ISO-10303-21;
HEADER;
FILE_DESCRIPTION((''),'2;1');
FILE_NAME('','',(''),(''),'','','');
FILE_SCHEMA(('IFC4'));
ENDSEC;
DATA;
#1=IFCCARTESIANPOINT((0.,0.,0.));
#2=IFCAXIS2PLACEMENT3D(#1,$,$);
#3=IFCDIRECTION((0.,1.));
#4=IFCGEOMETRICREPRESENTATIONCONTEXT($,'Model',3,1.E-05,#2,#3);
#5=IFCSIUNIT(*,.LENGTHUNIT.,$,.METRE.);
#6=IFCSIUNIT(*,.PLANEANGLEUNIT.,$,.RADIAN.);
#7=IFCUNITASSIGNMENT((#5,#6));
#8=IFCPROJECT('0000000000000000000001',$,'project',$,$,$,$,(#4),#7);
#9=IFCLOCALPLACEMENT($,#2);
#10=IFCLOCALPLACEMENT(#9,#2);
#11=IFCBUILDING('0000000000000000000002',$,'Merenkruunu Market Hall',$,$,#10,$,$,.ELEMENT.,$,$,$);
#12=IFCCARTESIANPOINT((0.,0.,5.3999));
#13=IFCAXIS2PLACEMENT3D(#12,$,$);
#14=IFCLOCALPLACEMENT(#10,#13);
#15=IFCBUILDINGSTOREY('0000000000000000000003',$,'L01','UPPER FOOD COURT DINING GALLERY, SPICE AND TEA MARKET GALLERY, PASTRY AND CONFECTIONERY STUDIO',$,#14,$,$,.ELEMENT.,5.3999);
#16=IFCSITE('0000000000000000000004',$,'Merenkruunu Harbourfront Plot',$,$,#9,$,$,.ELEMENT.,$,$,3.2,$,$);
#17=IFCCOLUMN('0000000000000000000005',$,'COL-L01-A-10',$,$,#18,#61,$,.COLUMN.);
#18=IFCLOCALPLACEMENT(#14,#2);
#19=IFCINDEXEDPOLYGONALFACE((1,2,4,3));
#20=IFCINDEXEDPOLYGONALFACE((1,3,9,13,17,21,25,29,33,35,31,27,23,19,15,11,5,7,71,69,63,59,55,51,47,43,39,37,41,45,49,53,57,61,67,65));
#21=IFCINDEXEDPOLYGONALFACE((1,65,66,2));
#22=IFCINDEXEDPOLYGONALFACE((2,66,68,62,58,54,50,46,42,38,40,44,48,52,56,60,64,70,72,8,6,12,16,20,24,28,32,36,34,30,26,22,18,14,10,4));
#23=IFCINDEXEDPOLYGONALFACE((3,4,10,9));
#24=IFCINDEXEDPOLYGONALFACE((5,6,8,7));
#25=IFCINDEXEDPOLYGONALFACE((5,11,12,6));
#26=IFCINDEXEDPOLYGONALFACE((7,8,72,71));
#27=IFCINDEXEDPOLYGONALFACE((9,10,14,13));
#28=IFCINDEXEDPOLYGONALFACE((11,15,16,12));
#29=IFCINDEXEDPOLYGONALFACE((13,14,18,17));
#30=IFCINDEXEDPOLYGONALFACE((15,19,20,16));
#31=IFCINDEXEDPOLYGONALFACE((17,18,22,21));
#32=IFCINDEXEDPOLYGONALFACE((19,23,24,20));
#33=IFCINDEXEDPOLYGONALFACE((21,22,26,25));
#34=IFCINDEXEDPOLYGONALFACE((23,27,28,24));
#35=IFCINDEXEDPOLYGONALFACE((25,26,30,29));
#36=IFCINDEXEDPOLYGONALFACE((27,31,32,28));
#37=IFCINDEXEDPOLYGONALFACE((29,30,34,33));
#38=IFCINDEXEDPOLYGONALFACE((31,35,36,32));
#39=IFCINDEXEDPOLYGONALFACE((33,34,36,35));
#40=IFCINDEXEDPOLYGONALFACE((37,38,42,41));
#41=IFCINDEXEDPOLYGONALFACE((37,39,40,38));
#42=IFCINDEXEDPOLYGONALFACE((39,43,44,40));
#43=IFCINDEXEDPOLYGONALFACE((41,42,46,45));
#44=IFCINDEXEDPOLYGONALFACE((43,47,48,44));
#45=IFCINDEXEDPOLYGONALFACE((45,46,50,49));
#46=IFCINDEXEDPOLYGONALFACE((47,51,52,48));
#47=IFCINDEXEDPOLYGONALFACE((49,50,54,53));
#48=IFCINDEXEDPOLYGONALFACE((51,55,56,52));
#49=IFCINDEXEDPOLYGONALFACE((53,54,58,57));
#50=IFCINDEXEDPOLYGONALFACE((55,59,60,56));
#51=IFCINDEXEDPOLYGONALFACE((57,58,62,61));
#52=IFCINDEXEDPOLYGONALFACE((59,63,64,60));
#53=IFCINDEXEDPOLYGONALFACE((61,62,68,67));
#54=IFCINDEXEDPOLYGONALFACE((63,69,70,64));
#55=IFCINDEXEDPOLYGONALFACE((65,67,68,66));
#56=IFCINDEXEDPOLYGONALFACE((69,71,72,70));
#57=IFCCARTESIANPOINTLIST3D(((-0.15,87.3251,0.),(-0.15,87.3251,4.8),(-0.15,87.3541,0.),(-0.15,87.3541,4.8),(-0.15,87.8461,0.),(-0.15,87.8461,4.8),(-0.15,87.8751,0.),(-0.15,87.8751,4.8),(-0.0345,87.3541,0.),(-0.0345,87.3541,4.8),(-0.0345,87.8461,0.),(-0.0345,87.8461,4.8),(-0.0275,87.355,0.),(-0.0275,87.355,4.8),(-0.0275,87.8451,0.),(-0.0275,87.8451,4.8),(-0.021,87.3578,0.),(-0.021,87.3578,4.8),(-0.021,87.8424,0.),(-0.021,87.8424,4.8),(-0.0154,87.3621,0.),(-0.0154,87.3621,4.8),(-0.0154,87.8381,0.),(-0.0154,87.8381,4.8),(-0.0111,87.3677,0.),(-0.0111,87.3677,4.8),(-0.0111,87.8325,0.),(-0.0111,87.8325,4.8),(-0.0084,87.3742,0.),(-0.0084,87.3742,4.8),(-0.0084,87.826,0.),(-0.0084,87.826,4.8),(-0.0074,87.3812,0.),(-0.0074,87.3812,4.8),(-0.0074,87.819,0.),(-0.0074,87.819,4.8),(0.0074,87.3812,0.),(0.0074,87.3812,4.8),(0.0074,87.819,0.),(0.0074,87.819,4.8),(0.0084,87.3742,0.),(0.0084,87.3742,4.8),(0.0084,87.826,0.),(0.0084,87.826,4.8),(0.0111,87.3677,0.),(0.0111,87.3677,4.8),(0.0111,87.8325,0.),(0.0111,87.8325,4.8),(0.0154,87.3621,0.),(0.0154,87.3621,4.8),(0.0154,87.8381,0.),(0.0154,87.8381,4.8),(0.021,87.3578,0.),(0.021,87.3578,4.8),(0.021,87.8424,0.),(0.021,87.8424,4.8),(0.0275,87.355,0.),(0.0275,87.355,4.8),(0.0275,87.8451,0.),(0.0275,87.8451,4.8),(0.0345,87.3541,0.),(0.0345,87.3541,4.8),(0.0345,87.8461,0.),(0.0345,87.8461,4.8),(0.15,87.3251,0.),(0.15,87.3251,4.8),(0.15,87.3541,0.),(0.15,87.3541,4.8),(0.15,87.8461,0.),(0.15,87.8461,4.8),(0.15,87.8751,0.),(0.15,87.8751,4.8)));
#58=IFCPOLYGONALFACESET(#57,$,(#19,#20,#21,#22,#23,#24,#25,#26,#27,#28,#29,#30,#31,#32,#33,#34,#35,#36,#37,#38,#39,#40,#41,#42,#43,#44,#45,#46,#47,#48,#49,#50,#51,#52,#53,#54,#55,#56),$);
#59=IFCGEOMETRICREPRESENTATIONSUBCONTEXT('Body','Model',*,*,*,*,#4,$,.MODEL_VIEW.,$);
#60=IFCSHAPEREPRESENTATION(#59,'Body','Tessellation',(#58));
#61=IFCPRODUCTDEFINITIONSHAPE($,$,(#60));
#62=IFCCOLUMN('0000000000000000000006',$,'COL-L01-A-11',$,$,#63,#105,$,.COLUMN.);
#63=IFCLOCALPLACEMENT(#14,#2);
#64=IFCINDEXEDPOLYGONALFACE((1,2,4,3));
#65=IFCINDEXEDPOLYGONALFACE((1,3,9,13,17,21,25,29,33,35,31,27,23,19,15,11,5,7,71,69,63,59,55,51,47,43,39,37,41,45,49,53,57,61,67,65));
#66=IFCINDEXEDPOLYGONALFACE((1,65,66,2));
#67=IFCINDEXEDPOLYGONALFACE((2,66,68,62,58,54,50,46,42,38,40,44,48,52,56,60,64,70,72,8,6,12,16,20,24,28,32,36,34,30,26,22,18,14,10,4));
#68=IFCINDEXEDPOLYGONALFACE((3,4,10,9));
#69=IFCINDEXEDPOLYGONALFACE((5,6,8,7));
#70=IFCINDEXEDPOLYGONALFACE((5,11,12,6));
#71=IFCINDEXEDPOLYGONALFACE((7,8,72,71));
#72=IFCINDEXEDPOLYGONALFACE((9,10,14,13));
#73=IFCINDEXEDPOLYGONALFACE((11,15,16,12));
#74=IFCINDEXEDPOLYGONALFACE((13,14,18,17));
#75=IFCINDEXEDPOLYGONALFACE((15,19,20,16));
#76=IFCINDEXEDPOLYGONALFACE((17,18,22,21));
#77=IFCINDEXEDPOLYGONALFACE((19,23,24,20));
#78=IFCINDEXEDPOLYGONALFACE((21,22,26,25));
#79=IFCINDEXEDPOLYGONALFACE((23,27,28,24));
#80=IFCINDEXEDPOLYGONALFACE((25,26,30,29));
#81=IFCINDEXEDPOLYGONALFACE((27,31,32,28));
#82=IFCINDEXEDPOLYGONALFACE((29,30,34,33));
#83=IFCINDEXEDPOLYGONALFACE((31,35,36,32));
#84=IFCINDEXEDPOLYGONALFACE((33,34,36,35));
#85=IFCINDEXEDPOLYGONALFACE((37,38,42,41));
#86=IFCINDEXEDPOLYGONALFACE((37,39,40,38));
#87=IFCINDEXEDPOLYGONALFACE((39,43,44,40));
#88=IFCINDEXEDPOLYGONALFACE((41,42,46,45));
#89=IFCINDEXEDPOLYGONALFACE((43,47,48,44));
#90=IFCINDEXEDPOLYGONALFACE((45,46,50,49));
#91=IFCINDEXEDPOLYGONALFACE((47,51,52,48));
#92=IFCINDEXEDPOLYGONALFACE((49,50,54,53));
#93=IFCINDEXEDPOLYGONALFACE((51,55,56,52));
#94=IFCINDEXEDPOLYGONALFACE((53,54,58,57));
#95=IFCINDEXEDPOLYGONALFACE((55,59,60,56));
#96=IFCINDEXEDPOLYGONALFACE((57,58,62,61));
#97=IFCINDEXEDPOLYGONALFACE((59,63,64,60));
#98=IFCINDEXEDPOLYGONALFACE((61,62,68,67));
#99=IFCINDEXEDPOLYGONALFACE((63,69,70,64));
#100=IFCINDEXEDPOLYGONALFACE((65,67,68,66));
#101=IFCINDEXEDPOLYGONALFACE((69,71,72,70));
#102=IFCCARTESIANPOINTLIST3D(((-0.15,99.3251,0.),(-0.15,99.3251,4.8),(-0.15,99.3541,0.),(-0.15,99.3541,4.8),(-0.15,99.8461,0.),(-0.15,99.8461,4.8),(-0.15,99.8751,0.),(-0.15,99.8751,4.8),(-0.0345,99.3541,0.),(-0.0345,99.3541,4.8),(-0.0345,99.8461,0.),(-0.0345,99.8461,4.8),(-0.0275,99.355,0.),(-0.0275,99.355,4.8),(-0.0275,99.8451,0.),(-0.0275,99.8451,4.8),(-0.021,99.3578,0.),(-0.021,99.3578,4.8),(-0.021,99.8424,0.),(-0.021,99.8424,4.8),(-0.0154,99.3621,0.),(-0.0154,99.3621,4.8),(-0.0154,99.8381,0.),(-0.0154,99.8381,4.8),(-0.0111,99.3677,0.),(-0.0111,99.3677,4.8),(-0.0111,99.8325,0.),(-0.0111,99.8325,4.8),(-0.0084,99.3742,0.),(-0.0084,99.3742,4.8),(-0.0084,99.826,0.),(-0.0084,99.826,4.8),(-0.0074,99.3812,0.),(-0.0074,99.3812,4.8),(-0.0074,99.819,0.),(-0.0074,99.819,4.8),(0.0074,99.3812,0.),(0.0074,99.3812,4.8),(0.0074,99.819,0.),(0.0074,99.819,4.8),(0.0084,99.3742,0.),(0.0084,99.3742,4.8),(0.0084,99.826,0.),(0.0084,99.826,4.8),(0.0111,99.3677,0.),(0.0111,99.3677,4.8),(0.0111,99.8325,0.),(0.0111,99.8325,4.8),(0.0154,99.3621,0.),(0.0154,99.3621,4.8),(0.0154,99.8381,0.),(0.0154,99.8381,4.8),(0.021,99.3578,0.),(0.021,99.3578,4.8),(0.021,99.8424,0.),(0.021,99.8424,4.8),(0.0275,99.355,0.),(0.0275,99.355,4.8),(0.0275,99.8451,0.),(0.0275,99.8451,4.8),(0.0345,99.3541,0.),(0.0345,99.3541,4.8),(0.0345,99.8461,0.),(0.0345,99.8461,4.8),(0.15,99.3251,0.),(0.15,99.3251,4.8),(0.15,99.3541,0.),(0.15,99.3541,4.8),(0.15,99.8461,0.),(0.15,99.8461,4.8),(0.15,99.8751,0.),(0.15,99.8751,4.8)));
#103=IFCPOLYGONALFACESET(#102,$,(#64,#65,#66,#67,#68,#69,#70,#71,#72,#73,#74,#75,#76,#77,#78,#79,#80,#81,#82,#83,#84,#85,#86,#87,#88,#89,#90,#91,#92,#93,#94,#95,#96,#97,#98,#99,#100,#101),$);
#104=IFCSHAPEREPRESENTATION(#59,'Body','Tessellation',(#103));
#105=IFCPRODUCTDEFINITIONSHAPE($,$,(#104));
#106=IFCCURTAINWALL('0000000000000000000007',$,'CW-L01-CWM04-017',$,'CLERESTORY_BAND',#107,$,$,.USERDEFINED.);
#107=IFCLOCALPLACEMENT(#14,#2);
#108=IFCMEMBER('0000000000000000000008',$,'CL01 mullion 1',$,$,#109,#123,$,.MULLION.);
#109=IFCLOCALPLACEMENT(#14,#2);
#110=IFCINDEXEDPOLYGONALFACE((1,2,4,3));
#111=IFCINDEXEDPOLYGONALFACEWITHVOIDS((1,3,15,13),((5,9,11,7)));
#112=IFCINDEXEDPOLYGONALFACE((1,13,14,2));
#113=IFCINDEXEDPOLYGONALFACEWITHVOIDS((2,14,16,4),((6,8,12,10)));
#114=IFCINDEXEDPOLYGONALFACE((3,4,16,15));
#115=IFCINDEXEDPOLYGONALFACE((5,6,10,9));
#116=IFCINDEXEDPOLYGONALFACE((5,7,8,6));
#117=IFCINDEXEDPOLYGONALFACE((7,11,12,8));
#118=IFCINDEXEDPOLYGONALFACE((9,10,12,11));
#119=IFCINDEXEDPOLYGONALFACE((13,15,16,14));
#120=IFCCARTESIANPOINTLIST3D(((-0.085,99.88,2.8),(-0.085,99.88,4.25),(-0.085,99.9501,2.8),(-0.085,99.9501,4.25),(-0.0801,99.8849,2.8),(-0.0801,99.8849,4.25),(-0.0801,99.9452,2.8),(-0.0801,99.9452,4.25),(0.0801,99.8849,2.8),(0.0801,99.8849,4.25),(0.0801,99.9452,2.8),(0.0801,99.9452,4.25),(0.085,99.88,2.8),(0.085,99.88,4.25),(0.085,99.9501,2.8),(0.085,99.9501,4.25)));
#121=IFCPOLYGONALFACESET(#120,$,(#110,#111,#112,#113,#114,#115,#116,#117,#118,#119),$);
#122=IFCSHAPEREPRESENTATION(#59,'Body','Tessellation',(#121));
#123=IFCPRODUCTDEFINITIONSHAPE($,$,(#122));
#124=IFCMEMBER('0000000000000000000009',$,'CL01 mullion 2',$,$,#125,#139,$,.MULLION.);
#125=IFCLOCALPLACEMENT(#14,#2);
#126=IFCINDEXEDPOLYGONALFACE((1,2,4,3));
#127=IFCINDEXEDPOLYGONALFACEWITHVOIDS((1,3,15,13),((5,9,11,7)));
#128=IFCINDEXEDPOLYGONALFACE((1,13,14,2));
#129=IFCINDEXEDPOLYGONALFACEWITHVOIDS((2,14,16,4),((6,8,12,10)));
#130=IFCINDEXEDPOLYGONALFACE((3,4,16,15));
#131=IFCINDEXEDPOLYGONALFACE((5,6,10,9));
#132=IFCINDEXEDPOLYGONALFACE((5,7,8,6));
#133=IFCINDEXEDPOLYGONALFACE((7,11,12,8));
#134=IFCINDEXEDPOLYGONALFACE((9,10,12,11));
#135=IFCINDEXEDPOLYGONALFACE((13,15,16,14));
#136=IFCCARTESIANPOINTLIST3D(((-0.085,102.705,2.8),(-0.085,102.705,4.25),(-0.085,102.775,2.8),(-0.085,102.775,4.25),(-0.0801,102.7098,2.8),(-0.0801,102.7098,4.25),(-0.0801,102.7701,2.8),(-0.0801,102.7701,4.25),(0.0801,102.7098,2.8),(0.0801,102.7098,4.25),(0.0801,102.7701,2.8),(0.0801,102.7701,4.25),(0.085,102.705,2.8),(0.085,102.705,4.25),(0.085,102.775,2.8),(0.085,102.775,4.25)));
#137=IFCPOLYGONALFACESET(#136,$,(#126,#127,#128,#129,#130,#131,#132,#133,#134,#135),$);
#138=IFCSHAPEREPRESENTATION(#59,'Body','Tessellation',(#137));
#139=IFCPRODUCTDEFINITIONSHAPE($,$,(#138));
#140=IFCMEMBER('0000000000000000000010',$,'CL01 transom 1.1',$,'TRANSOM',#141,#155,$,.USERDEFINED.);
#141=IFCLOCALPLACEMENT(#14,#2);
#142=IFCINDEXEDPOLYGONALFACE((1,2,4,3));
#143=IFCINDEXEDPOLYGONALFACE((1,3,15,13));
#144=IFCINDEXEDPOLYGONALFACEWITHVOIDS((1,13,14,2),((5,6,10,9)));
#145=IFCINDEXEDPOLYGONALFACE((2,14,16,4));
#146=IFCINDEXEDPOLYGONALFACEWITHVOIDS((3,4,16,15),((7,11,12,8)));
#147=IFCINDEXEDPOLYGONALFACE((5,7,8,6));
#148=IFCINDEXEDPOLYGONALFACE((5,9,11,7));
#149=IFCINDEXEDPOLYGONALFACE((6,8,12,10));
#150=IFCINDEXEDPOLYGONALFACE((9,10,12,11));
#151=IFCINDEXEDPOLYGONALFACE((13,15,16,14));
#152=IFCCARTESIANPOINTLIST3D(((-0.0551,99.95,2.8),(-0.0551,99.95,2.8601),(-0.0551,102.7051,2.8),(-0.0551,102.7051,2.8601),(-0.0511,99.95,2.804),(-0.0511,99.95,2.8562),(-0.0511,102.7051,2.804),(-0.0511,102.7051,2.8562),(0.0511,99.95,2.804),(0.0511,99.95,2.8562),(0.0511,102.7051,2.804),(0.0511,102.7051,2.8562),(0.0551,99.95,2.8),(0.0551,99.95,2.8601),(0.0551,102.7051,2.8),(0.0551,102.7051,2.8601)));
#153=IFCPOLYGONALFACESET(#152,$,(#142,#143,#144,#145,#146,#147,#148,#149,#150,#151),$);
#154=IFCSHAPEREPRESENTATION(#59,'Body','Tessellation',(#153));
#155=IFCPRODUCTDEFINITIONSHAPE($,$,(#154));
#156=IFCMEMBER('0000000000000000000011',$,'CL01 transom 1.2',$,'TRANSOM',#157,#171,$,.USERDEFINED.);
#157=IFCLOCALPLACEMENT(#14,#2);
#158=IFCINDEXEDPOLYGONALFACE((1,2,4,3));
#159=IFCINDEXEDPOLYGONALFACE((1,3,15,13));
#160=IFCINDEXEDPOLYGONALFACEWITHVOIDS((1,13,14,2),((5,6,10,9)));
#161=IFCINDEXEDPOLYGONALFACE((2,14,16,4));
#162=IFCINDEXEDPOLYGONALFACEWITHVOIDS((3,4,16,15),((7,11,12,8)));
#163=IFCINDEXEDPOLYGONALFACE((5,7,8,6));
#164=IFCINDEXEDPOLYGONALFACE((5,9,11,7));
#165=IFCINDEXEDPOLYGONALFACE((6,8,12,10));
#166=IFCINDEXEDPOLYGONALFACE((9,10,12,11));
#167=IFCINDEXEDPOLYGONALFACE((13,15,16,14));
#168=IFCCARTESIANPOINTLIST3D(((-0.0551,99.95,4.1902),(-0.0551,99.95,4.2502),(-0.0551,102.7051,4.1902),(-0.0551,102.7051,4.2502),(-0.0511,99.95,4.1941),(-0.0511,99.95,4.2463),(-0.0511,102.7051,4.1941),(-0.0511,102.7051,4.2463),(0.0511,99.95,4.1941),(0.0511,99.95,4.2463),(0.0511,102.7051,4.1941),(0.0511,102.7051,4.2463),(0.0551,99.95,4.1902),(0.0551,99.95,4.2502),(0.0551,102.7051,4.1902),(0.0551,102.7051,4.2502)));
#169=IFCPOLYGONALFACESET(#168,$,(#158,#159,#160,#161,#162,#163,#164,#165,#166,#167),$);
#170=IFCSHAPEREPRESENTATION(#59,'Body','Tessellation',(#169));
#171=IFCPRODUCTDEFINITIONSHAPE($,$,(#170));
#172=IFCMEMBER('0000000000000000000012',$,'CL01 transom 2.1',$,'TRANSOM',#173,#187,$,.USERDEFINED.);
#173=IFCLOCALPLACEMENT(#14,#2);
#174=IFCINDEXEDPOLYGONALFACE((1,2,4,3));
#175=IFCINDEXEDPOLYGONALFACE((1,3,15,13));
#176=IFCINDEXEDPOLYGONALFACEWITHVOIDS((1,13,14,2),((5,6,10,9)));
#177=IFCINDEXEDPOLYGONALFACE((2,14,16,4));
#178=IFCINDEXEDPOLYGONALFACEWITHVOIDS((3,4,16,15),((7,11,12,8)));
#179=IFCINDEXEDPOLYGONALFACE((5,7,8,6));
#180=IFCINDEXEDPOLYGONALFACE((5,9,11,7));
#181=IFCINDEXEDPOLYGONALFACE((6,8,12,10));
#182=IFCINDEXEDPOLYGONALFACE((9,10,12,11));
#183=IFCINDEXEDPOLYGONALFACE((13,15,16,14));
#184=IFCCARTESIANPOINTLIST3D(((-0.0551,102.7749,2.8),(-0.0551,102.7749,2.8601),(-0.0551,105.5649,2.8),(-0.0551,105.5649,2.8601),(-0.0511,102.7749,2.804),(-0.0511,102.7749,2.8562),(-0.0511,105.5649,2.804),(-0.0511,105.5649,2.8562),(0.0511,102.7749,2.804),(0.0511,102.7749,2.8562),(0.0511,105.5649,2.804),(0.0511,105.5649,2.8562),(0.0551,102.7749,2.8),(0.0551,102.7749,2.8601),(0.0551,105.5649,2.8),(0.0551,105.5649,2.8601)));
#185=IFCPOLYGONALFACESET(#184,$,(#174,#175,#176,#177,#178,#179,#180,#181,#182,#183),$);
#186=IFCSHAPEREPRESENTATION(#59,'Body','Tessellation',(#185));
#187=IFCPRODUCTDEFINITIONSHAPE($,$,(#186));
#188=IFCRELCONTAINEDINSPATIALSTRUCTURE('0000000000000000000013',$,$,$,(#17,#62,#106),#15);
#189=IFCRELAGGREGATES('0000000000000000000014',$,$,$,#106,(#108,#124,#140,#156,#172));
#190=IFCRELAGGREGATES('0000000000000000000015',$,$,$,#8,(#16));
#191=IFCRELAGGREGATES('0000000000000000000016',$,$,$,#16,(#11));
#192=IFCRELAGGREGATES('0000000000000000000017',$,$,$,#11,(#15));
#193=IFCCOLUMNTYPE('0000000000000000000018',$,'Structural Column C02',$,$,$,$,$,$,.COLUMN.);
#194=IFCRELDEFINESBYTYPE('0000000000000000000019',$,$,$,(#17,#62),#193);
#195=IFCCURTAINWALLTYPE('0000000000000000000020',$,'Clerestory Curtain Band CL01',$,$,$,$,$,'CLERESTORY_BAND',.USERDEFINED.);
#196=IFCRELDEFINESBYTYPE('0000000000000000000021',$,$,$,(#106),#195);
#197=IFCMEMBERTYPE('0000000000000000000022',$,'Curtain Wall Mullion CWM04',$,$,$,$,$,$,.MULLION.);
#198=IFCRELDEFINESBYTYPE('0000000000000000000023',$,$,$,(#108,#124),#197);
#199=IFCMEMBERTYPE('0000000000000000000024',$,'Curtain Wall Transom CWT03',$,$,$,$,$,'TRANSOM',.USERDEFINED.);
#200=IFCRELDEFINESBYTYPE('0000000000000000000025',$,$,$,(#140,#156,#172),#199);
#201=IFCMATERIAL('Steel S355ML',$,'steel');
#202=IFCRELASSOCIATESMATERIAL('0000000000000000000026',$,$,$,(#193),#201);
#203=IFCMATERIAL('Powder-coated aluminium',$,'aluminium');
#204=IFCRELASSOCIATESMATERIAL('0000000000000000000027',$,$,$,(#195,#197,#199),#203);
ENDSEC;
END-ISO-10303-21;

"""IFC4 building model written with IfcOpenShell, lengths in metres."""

from ifc_helpers import new_model, si_unit, direction, frame, origin, origin_2d, place, context, subcontext, project, spatial, hollow_rectangle, i_section, extrude, material, material_profile, profile_set, type_object, element, aggregate, save


model = new_model("IFC4")

# Units and contexts
model_context = context("Model", 3, precision=1e-05, world=origin(), true_north=direction((0.0, 1.0)))
body_context = subcontext(model_context, "Body", "Model", "MODEL_VIEW")
ifc_project = project(units=[si_unit("LENGTHUNIT", "METRE"), si_unit("PLANEANGLEUNIT", "RADIAN")], contexts=[model_context])

# Site, building, storey
site_placement = place(None, origin())
site = spatial("IfcSite", under=ifc_project, at=site_placement, Name="Merenkruunu Harbourfront Plot", CompositionType="ELEMENT", RefElevation=3.2)
building_placement = place(site_placement, origin())
building = spatial("IfcBuilding", under=site, at=building_placement, Name="Merenkruunu Market Hall", CompositionType="ELEMENT")
storey_placement = place(building_placement, frame((0.0, 0.0, 5.3999)))
storey = spatial("IfcBuildingStorey", under=building, at=storey_placement, Name="L01", Description="UPPER FOOD COURT DINING GALLERY, SPICE AND TEA MARKET GALLERY, PASTRY AND CONFECTIONERY STUDIO", CompositionType="ELEMENT", Elevation=5.3999)

# Columns
ifc_material_1 = material(Name="Steel S355ML", Category="steel")
ifc_material_profile_1 = material_profile(ifc_material_1, i_section(OverallWidth=0.3, OverallDepth=0.55, WebThickness=0.0149, FlangeThickness=0.0291, FilletRadius=0.0271, at=origin_2d()), Name="HEB 550")
ifc_profile_set_1 = profile_set([ifc_material_profile_1], Name="Steel S355ML")
column_type = type_object("IfcColumnType", Name="Structural Column C02", PredefinedType="COLUMN", material=ifc_profile_set_1)
for number, where, z_axis, x_axis, name in (
    (1, (0.0, 87.6001, 0.0), (0.0, 0.0, 1.0), (1.0, 0.0, 0.0), "COL-L01-A-10"),
    (2, (0.0, 99.6001, 0.0), (0.0, 0.0, 1.0), (1.0, 0.0, 0.0), "COL-L01-A-11"),
):
    element("IfcColumn", number, at=place(storey_placement, frame(where, z_axis=z_axis, x_axis=x_axis)), inside=storey, type_object=column_type, Name=name, PredefinedType="COLUMN", context=body_context, shape_type="SweptSolid", body=[
        extrude(i_section(OverallWidth=0.3, OverallDepth=0.55, WebThickness=0.0149, FlangeThickness=0.0291, FilletRadius=0.0271, at=origin_2d()), origin(), (0.0, 0.0, 1.0), 4.8),
    ])

# Curtain wall, members
ifc_material_2 = material(Name="Powder-coated aluminium", Category="aluminium")
curtain_wall_type = type_object("IfcCurtainWallType", Name="Clerestory Curtain Band CL01", ElementType="CLERESTORY_BAND", PredefinedType="USERDEFINED", material=ifc_material_2)
curtain_wall_placement = place(storey_placement, origin())
curtain_wall = element("IfcCurtainWall", 3, at=curtain_wall_placement, inside=storey, type_object=curtain_wall_type, Name="CW-L01-CWM04-017", ObjectType="CLERESTORY_BAND", PredefinedType="USERDEFINED")
ifc_material_profile_2 = material_profile(ifc_material_2, hollow_rectangle(XDim=0.0701, YDim=0.1699, WallThickness=0.0049, at=origin_2d()), Name="ALU 70x170x5")
ifc_profile_set_2 = profile_set([ifc_material_profile_2], Name="Powder-coated aluminium")
member_type_1 = type_object("IfcMemberType", Name="Curtain Wall Mullion CWM04", PredefinedType="MULLION", material=ifc_profile_set_2)
member_1_placement = place(storey_placement, frame((0.0, 99.915, 2.8), z_axis=(0.0, 0.0, 1.0), x_axis=(0.0, 1.0, 0.0)))
member_1 = element("IfcMember", 4, at=member_1_placement, type_object=member_type_1, Name="CL01 mullion 1", PredefinedType="MULLION", context=body_context, shape_type="SweptSolid", body=[
    extrude(hollow_rectangle(XDim=0.0701, YDim=0.1699, WallThickness=0.0049, at=origin_2d()), origin(), (0.0, 0.0, 1.0), 1.45),
])
member_2_placement = place(storey_placement, frame((0.0, 102.74, 2.8), z_axis=(0.0, 0.0, 1.0), x_axis=(0.0, 1.0, 0.0)))
member_2 = element("IfcMember", 5, at=member_2_placement, type_object=member_type_1, Name="CL01 mullion 2", PredefinedType="MULLION", context=body_context, shape_type="SweptSolid", body=[
    extrude(hollow_rectangle(XDim=0.0701, YDim=0.1699, WallThickness=0.0049, at=origin_2d()), origin(), (0.0, 0.0, 1.0), 1.45),
])
ifc_material_profile_3 = material_profile(ifc_material_2, hollow_rectangle(XDim=0.0601, YDim=0.1101, WallThickness=0.0039, at=origin_2d()), Name="ALU 60x110x4")
ifc_profile_set_3 = profile_set([ifc_material_profile_3], Name="Powder-coated aluminium")
member_type_2 = type_object("IfcMemberType", Name="Curtain Wall Transom CWT03", ElementType="TRANSOM", PredefinedType="USERDEFINED", material=ifc_profile_set_3)
member_3_placement = place(storey_placement, frame((0.0, 99.95, 2.8301), z_axis=(0.0, 1.0, 0.0), x_axis=(0.0, 0.0, 1.0)))
member_3 = element("IfcMember", 6, at=member_3_placement, type_object=member_type_2, Name="CL01 transom 1.1", ObjectType="TRANSOM", PredefinedType="USERDEFINED", context=body_context, shape_type="SweptSolid", body=[
    extrude(hollow_rectangle(XDim=0.0601, YDim=0.1101, WallThickness=0.0039, at=origin_2d()), origin(), (0.0, 0.0, 1.0), 2.7551),
])
member_4_placement = place(storey_placement, frame((0.0, 99.95, 4.2202), z_axis=(0.0, 1.0, 0.0), x_axis=(0.0, 0.0, 1.0)))
member_4 = element("IfcMember", 7, at=member_4_placement, type_object=member_type_2, Name="CL01 transom 1.2", ObjectType="TRANSOM", PredefinedType="USERDEFINED", context=body_context, shape_type="SweptSolid", body=[
    extrude(hollow_rectangle(XDim=0.0601, YDim=0.1101, WallThickness=0.0039, at=origin_2d()), origin(), (0.0, 0.0, 1.0), 2.7551),
])
member_5_placement = place(storey_placement, frame((0.0, 102.7749, 2.8301), z_axis=(0.0, 1.0, 0.0), x_axis=(0.0, 0.0, 1.0)))
member_5 = element("IfcMember", 8, at=member_5_placement, type_object=member_type_2, Name="CL01 transom 2.1", ObjectType="TRANSOM", PredefinedType="USERDEFINED", context=body_context, shape_type="SweptSolid", body=[
    extrude(hollow_rectangle(XDim=0.0601, YDim=0.1101, WallThickness=0.0039, at=origin_2d()), origin(), (0.0, 0.0, 1.0), 2.79),
])

aggregate(curtain_wall, [member_1, member_2, member_3, member_4, member_5])

save(model, "model.ifc")
